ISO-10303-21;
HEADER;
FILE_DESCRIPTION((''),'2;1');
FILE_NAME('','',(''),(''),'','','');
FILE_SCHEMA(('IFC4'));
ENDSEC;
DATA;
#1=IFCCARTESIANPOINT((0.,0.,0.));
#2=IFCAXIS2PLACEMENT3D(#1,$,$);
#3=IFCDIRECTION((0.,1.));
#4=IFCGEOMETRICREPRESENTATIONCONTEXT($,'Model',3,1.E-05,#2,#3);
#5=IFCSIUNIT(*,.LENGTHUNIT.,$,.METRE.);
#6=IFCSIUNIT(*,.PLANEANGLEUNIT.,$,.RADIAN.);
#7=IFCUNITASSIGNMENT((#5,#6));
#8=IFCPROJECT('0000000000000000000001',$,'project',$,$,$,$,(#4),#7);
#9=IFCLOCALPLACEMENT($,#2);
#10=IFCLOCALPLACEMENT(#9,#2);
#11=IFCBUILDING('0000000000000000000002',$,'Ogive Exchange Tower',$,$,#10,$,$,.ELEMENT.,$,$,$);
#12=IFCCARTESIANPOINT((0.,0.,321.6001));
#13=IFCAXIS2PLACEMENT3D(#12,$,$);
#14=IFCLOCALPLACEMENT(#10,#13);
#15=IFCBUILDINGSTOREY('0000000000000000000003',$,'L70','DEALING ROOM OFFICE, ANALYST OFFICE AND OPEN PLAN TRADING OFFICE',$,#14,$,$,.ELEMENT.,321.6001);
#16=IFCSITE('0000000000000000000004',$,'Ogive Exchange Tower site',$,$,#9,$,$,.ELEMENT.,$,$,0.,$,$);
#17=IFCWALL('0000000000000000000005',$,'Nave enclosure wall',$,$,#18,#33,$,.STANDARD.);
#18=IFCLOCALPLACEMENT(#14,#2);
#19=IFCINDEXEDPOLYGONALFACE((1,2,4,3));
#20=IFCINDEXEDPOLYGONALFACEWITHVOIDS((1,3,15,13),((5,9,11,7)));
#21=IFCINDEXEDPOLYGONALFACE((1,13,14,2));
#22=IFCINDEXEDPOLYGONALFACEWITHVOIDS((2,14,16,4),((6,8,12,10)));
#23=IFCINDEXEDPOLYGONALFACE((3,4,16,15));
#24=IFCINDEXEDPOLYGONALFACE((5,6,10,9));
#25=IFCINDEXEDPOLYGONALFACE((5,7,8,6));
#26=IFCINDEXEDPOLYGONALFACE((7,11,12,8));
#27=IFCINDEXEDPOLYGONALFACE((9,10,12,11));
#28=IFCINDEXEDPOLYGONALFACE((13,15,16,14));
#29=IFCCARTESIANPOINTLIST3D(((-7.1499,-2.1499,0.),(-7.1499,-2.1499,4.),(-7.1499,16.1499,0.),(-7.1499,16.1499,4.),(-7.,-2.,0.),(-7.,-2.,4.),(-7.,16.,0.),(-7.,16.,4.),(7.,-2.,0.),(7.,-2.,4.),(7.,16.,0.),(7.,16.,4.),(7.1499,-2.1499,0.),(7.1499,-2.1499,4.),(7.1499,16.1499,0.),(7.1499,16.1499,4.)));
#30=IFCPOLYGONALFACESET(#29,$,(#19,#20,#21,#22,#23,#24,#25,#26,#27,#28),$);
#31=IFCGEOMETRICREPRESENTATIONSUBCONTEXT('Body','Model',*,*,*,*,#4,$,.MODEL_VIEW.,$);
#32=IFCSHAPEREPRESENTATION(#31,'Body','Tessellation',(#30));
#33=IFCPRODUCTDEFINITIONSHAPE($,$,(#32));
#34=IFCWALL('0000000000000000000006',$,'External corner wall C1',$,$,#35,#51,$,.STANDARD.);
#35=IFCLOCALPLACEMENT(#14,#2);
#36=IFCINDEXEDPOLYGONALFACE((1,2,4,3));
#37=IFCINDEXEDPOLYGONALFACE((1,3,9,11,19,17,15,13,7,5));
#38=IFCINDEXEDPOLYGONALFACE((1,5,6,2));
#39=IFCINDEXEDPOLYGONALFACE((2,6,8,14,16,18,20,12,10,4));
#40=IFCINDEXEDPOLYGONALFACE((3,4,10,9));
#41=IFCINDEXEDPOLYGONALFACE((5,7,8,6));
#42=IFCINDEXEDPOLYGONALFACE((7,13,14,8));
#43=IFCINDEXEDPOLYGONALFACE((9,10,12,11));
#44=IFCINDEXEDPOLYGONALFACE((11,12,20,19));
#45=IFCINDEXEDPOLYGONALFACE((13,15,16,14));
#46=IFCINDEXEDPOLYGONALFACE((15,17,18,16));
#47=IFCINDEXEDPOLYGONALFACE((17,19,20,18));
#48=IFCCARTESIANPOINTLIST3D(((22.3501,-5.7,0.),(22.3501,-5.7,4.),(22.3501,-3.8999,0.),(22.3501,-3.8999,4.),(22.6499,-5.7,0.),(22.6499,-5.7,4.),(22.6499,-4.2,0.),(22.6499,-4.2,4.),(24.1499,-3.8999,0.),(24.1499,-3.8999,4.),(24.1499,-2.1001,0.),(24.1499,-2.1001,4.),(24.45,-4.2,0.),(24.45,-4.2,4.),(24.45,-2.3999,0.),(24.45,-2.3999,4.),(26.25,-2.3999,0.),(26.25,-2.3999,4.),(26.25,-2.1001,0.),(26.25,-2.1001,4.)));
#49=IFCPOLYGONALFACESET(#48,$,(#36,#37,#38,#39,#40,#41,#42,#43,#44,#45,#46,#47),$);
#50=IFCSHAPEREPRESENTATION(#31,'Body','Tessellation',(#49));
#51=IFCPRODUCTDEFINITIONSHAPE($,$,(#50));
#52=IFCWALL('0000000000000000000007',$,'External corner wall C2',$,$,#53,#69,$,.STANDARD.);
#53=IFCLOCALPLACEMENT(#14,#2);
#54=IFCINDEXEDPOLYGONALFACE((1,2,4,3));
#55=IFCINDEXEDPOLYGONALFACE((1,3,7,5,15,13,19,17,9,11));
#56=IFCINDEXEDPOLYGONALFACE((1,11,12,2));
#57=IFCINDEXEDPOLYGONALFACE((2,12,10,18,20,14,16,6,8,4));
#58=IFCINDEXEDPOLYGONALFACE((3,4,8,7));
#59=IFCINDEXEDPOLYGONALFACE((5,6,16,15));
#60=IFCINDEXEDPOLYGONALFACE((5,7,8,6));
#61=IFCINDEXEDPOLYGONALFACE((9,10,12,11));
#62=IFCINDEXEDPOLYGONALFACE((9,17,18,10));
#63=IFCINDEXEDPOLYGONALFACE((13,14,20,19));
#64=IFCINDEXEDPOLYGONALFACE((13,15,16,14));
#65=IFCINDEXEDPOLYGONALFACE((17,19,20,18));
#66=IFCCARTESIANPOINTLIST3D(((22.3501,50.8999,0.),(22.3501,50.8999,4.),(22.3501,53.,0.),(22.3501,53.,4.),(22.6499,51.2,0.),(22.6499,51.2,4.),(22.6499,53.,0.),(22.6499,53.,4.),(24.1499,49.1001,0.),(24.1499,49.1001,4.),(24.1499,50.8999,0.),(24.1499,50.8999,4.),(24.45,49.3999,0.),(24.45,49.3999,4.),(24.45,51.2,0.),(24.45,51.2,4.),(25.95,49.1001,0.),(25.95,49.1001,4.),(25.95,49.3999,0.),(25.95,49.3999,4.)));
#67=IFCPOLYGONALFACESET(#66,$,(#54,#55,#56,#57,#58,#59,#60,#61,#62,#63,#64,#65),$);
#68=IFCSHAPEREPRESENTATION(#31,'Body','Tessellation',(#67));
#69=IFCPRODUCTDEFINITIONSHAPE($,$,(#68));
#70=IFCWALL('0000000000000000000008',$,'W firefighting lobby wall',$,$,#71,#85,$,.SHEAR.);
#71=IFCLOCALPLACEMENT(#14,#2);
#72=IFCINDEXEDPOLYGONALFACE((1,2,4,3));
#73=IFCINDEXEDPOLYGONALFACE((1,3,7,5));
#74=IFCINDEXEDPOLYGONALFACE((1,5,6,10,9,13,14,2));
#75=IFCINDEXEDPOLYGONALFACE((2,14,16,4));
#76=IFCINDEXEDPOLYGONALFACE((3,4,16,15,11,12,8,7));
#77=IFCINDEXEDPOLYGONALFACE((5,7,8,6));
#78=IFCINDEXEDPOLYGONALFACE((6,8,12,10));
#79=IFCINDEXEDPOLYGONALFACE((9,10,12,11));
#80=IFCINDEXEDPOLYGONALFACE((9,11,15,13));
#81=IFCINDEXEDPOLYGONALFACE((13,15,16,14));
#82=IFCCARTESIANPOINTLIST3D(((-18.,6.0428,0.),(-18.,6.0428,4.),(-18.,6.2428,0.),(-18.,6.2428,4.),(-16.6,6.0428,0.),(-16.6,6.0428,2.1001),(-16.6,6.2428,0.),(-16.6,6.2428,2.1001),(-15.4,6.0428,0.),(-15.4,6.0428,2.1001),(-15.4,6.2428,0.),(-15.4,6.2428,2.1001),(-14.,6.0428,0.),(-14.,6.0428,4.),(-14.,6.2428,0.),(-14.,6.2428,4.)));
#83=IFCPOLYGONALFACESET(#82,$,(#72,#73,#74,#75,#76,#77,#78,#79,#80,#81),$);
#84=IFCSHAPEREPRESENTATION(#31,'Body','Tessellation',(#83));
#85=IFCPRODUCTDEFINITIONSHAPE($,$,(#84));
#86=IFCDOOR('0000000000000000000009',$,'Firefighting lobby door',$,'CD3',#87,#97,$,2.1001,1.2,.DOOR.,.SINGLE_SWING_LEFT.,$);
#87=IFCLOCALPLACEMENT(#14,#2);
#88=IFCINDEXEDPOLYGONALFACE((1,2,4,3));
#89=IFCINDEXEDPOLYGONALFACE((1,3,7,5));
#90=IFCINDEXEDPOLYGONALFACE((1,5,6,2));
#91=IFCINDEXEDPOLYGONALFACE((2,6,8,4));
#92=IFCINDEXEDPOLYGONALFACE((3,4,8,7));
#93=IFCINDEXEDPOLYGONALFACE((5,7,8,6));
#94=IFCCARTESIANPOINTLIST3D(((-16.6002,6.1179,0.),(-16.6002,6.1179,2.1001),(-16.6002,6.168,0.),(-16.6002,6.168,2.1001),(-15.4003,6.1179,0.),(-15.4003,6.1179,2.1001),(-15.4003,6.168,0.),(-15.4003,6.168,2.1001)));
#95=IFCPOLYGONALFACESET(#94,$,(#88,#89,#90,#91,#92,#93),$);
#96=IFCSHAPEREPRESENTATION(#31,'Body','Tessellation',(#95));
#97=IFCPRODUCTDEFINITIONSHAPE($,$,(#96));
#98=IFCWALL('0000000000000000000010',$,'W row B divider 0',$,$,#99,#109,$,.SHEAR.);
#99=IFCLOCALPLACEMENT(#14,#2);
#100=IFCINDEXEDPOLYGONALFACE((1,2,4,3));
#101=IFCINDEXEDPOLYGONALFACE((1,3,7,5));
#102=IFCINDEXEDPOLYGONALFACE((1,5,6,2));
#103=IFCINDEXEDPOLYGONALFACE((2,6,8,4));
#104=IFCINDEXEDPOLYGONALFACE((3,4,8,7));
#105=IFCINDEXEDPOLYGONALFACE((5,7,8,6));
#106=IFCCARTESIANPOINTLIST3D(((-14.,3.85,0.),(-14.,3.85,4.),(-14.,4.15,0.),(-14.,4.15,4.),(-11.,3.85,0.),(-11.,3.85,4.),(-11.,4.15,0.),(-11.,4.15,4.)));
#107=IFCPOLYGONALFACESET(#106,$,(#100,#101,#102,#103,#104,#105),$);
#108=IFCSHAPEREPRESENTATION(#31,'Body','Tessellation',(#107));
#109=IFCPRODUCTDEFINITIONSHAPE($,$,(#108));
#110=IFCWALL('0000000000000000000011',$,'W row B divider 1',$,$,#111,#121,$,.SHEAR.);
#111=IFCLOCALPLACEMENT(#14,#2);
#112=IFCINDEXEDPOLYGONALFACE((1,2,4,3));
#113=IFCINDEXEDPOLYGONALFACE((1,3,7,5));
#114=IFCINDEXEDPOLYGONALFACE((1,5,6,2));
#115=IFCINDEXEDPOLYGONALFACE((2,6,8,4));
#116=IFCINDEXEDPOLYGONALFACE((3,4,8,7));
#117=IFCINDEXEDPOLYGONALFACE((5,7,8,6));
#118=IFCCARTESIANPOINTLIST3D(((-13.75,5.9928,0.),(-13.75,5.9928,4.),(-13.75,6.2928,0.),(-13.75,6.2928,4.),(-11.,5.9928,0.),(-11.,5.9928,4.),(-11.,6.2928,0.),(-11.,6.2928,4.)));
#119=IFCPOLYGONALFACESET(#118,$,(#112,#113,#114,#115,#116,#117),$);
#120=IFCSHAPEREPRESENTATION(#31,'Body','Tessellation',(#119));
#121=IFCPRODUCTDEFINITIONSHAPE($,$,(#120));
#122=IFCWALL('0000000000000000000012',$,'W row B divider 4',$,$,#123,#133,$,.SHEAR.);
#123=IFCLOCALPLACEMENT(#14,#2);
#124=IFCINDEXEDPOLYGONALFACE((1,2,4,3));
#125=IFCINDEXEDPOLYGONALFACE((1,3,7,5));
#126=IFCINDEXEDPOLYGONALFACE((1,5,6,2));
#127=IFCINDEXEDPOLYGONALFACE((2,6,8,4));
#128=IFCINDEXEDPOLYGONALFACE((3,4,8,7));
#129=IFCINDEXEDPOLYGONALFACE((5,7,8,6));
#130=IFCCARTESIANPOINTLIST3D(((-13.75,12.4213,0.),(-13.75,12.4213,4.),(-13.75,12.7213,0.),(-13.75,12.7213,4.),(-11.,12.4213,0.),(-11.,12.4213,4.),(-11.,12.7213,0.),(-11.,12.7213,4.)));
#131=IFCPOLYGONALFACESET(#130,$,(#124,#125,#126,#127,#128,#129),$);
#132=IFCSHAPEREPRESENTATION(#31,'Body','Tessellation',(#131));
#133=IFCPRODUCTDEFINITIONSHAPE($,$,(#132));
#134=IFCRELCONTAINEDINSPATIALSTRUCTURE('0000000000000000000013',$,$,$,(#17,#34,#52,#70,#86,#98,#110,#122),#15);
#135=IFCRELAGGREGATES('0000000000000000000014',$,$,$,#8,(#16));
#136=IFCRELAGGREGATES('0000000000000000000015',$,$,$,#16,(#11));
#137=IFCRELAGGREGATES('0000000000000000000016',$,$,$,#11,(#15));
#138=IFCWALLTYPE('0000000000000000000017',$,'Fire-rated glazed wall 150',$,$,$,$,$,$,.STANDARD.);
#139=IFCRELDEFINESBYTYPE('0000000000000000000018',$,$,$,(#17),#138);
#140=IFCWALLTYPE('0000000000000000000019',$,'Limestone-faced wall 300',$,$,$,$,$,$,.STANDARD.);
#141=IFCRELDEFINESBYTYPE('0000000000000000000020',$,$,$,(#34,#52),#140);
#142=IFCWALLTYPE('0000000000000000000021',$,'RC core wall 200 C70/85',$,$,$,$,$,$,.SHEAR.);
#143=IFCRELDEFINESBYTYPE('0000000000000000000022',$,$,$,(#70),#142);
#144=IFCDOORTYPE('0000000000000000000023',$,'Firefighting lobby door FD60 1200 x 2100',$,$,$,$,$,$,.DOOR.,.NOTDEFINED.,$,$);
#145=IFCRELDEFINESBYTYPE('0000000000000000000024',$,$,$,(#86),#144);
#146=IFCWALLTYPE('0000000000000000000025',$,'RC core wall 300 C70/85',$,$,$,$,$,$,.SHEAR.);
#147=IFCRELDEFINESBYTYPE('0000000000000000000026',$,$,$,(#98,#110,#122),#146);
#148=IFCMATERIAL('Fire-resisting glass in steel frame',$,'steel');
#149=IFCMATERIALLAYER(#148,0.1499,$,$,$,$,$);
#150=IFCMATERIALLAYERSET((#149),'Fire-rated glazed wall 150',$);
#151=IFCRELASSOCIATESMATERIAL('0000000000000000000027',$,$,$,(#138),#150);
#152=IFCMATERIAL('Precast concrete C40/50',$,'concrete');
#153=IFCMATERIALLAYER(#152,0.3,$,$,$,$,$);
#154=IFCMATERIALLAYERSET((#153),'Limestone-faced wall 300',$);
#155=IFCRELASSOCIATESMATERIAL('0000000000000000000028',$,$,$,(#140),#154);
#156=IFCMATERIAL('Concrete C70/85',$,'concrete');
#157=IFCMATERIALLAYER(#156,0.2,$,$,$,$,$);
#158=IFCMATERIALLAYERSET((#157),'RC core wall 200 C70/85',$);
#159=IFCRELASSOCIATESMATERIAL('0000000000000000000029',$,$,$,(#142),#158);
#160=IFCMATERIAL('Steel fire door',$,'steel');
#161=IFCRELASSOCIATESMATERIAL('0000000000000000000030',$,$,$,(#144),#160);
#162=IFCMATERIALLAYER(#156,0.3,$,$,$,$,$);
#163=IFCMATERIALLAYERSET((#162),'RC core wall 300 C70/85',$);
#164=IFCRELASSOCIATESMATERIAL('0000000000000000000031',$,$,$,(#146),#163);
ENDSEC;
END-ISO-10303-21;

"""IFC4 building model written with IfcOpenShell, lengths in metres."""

from ifc_helpers import new_model, si_unit, direction, frame, frame_2d, origin, place, context, subcontext, project, spatial, polyline, rectangle, outline, extrude, material, layer, layer_set, type_object, element, fill, save


model = new_model("IFC4")

# Units and contexts
model_context = context("Model", 3, precision=1e-05, world=origin(), true_north=direction((0.0, 1.0)))
body_context = subcontext(model_context, "Body", "Model", "MODEL_VIEW")
ifc_project = project(units=[si_unit("LENGTHUNIT", "METRE"), si_unit("PLANEANGLEUNIT", "RADIAN")], contexts=[model_context])

# Site, building, storey
site_placement = place(None, origin())
site = spatial("IfcSite", under=ifc_project, at=site_placement, Name="Ogive Exchange Tower site", CompositionType="ELEMENT", RefElevation=0.0)
building_placement = place(site_placement, origin())
building = spatial("IfcBuilding", under=site, at=building_placement, Name="Ogive Exchange Tower", CompositionType="ELEMENT")
storey_placement = place(building_placement, frame((0.0, 0.0, 321.6001)))
storey = spatial("IfcBuildingStorey", under=building, at=storey_placement, Name="L70", Description="DEALING ROOM OFFICE, ANALYST OFFICE AND OPEN PLAN TRADING OFFICE", CompositionType="ELEMENT", Elevation=321.6001)

# Walls
ifc_material_1 = material(Name="Fire-resisting glass in steel frame", Category="steel")
ifc_layer_1 = layer(ifc_material_1, 0.1499)
ifc_layer_set_1 = layer_set([ifc_layer_1], Name="Fire-rated glazed wall 150")
wall_type_1 = type_object("IfcWallType", Name="Fire-rated glazed wall 150", PredefinedType="STANDARD", material=ifc_layer_set_1)
wall_1_placement = place(storey_placement, origin())
element("IfcWall", 1, at=wall_1_placement, inside=storey, type_object=wall_type_1, Name="Nave enclosure wall", PredefinedType="STANDARD", context=body_context, shape_type="SweptSolid", body=[
    extrude(outline(polyline([(-7.1499, -2.1499), (7.1499, -2.1499), (7.1499, 16.1499), (-7.1499, 16.1499), (-7.1499, -2.1499)]), holes=[polyline([(-7.0, -2.0), (-7.0, 16.0), (7.0, 16.0), (7.0, -2.0), (-7.0, -2.0)])]), origin(), (0.0, 0.0, 1.0), 4.0),
])
ifc_material_2 = material(Name="Precast concrete C40/50", Category="concrete")
ifc_layer_2 = layer(ifc_material_2, 0.3)
ifc_layer_set_2 = layer_set([ifc_layer_2], Name="Limestone-faced wall 300")
wall_type_2 = type_object("IfcWallType", Name="Limestone-faced wall 300", PredefinedType="STANDARD", material=ifc_layer_set_2)
wall_2_placement = place(storey_placement, origin())
element("IfcWall", 2, at=wall_2_placement, inside=storey, type_object=wall_type_2, Name="External corner wall C1", PredefinedType="STANDARD", context=body_context, shape_type="SweptSolid", body=[
    extrude(outline(polyline([(24.1499, -3.8999), (24.1499, -2.1001), (26.25, -2.1001), (26.25, -2.3999), (24.45, -2.3999), (24.45, -4.2), (22.6499, -4.2), (22.6499, -5.7), (22.3501, -5.7), (22.3501, -3.8999), (24.1499, -3.8999)])), origin(), (0.0, 0.0, 1.0), 4.0),
])
wall_3_placement = place(storey_placement, origin())
element("IfcWall", 3, at=wall_3_placement, inside=storey, type_object=wall_type_2, Name="External corner wall C2", PredefinedType="STANDARD", context=body_context, shape_type="SweptSolid", body=[
    extrude(outline(polyline([(24.1499, 50.8999), (22.3501, 50.8999), (22.3501, 53.0), (22.6499, 53.0), (22.6499, 51.2), (24.45, 51.2), (24.45, 49.3999), (25.95, 49.3999), (25.95, 49.1001), (24.1499, 49.1001), (24.1499, 50.8999)])), origin(), (0.0, 0.0, 1.0), 4.0),
])

# Wall, opening, door
ifc_material_3 = material(Name="Concrete C70/85", Category="concrete")
ifc_layer_3 = layer(ifc_material_3, 0.2)
ifc_layer_set_3 = layer_set([ifc_layer_3], Name="RC core wall 200 C70/85")
wall_type_3 = type_object("IfcWallType", Name="RC core wall 200 C70/85", PredefinedType="SHEAR", material=ifc_layer_set_3)
wall_4_placement = place(storey_placement, frame((-18.0, 6.1428, 0.0), z_axis=(0.0, 0.0, 1.0), x_axis=(1.0, 0.0, 0.0)))
wall_4 = element("IfcWall", 4, at=wall_4_placement, inside=storey, type_object=wall_type_3, Name="W firefighting lobby wall", PredefinedType="SHEAR", context=body_context, shape_type="SweptSolid", body=[
    extrude(rectangle(XDim=4.0, YDim=0.2, at=frame_2d((2.0, 0.0))), origin(), (0.0, 0.0, 1.0), 4.0),
])
opening_placement = place(wall_4_placement, frame((1.3999, 0.0, 0.0)))
opening = element("IfcOpeningElement", 5, at=opening_placement, cuts=wall_4, PredefinedType="OPENING", context=body_context, shape_type="SweptSolid", body=[
    extrude(rectangle(XDim=1.2, YDim=2.1001, at=frame_2d((0.6001, 1.05))), frame((0.0, 0.1099, 0.0), z_axis=(0.0, -1.0, 0.0), x_axis=(1.0, 0.0, 0.0)), (0.0, 0.0, 1.0), 0.22),
])
ifc_material_4 = material(Name="Steel fire door", Category="steel")
door_type = type_object("IfcDoorType", Name="Firefighting lobby door FD60 1200 x 2100", OperationType="NOTDEFINED", PredefinedType="DOOR", material=ifc_material_4)
door_placement = place(opening_placement, frame((1.2, 0.0, 0.0), z_axis=(0.0, 0.0, 1.0), x_axis=(-1.0, 0.0, 0.0)))
door = element("IfcDoor", 6, at=door_placement, inside=storey, type_object=door_type, Name="Firefighting lobby door", ObjectType="CD3", OperationType="SINGLE_SWING_LEFT", OverallHeight=2.1001, OverallWidth=1.2, PredefinedType="DOOR", context=body_context, shape_type="SweptSolid", body=[
    extrude(rectangle(XDim=1.2, YDim=2.1001, at=frame_2d((0.6001, 1.05))), frame((0.0, 0.0249, 0.0), z_axis=(0.0, -1.0, 0.0), x_axis=(1.0, 0.0, 0.0)), (0.0, 0.0, 1.0), 0.05),
])
fill(opening, door)

# Walls
ifc_layer_4 = layer(ifc_material_3, 0.3)
ifc_layer_set_4 = layer_set([ifc_layer_4], Name="RC core wall 300 C70/85")
wall_type_4 = type_object("IfcWallType", Name="RC core wall 300 C70/85", PredefinedType="SHEAR", material=ifc_layer_set_4)
wall_5_placement = place(storey_placement, frame((-14.0, 4.0, 0.0), z_axis=(0.0, 0.0, 1.0), x_axis=(1.0, 0.0, 0.0)))
element("IfcWall", 7, at=wall_5_placement, inside=storey, type_object=wall_type_4, Name="W row B divider 0", PredefinedType="SHEAR", context=body_context, shape_type="SweptSolid", body=[
    extrude(rectangle(XDim=3.0, YDim=0.3, at=frame_2d((1.5, 0.0))), origin(), (0.0, 0.0, 1.0), 4.0),
])
for number, where, z_axis, x_axis, name in (
    (8, (-13.75, 6.1428, 0.0), (0.0, 0.0, 1.0), (1.0, 0.0, 0.0), "W row B divider 1"),
    (9, (-13.75, 12.5713, 0.0), (0.0, 0.0, 1.0), (1.0, 0.0, 0.0), "W row B divider 4"),
):
    element("IfcWall", number, at=place(storey_placement, frame(where, z_axis=z_axis, x_axis=x_axis)), inside=storey, type_object=wall_type_4, Name=name, PredefinedType="SHEAR", context=body_context, shape_type="SweptSolid", body=[
        extrude(rectangle(XDim=2.75, YDim=0.3, at=frame_2d((1.375, 0.0))), origin(), (0.0, 0.0, 1.0), 4.0),
    ])

save(model, "model.ifc")
